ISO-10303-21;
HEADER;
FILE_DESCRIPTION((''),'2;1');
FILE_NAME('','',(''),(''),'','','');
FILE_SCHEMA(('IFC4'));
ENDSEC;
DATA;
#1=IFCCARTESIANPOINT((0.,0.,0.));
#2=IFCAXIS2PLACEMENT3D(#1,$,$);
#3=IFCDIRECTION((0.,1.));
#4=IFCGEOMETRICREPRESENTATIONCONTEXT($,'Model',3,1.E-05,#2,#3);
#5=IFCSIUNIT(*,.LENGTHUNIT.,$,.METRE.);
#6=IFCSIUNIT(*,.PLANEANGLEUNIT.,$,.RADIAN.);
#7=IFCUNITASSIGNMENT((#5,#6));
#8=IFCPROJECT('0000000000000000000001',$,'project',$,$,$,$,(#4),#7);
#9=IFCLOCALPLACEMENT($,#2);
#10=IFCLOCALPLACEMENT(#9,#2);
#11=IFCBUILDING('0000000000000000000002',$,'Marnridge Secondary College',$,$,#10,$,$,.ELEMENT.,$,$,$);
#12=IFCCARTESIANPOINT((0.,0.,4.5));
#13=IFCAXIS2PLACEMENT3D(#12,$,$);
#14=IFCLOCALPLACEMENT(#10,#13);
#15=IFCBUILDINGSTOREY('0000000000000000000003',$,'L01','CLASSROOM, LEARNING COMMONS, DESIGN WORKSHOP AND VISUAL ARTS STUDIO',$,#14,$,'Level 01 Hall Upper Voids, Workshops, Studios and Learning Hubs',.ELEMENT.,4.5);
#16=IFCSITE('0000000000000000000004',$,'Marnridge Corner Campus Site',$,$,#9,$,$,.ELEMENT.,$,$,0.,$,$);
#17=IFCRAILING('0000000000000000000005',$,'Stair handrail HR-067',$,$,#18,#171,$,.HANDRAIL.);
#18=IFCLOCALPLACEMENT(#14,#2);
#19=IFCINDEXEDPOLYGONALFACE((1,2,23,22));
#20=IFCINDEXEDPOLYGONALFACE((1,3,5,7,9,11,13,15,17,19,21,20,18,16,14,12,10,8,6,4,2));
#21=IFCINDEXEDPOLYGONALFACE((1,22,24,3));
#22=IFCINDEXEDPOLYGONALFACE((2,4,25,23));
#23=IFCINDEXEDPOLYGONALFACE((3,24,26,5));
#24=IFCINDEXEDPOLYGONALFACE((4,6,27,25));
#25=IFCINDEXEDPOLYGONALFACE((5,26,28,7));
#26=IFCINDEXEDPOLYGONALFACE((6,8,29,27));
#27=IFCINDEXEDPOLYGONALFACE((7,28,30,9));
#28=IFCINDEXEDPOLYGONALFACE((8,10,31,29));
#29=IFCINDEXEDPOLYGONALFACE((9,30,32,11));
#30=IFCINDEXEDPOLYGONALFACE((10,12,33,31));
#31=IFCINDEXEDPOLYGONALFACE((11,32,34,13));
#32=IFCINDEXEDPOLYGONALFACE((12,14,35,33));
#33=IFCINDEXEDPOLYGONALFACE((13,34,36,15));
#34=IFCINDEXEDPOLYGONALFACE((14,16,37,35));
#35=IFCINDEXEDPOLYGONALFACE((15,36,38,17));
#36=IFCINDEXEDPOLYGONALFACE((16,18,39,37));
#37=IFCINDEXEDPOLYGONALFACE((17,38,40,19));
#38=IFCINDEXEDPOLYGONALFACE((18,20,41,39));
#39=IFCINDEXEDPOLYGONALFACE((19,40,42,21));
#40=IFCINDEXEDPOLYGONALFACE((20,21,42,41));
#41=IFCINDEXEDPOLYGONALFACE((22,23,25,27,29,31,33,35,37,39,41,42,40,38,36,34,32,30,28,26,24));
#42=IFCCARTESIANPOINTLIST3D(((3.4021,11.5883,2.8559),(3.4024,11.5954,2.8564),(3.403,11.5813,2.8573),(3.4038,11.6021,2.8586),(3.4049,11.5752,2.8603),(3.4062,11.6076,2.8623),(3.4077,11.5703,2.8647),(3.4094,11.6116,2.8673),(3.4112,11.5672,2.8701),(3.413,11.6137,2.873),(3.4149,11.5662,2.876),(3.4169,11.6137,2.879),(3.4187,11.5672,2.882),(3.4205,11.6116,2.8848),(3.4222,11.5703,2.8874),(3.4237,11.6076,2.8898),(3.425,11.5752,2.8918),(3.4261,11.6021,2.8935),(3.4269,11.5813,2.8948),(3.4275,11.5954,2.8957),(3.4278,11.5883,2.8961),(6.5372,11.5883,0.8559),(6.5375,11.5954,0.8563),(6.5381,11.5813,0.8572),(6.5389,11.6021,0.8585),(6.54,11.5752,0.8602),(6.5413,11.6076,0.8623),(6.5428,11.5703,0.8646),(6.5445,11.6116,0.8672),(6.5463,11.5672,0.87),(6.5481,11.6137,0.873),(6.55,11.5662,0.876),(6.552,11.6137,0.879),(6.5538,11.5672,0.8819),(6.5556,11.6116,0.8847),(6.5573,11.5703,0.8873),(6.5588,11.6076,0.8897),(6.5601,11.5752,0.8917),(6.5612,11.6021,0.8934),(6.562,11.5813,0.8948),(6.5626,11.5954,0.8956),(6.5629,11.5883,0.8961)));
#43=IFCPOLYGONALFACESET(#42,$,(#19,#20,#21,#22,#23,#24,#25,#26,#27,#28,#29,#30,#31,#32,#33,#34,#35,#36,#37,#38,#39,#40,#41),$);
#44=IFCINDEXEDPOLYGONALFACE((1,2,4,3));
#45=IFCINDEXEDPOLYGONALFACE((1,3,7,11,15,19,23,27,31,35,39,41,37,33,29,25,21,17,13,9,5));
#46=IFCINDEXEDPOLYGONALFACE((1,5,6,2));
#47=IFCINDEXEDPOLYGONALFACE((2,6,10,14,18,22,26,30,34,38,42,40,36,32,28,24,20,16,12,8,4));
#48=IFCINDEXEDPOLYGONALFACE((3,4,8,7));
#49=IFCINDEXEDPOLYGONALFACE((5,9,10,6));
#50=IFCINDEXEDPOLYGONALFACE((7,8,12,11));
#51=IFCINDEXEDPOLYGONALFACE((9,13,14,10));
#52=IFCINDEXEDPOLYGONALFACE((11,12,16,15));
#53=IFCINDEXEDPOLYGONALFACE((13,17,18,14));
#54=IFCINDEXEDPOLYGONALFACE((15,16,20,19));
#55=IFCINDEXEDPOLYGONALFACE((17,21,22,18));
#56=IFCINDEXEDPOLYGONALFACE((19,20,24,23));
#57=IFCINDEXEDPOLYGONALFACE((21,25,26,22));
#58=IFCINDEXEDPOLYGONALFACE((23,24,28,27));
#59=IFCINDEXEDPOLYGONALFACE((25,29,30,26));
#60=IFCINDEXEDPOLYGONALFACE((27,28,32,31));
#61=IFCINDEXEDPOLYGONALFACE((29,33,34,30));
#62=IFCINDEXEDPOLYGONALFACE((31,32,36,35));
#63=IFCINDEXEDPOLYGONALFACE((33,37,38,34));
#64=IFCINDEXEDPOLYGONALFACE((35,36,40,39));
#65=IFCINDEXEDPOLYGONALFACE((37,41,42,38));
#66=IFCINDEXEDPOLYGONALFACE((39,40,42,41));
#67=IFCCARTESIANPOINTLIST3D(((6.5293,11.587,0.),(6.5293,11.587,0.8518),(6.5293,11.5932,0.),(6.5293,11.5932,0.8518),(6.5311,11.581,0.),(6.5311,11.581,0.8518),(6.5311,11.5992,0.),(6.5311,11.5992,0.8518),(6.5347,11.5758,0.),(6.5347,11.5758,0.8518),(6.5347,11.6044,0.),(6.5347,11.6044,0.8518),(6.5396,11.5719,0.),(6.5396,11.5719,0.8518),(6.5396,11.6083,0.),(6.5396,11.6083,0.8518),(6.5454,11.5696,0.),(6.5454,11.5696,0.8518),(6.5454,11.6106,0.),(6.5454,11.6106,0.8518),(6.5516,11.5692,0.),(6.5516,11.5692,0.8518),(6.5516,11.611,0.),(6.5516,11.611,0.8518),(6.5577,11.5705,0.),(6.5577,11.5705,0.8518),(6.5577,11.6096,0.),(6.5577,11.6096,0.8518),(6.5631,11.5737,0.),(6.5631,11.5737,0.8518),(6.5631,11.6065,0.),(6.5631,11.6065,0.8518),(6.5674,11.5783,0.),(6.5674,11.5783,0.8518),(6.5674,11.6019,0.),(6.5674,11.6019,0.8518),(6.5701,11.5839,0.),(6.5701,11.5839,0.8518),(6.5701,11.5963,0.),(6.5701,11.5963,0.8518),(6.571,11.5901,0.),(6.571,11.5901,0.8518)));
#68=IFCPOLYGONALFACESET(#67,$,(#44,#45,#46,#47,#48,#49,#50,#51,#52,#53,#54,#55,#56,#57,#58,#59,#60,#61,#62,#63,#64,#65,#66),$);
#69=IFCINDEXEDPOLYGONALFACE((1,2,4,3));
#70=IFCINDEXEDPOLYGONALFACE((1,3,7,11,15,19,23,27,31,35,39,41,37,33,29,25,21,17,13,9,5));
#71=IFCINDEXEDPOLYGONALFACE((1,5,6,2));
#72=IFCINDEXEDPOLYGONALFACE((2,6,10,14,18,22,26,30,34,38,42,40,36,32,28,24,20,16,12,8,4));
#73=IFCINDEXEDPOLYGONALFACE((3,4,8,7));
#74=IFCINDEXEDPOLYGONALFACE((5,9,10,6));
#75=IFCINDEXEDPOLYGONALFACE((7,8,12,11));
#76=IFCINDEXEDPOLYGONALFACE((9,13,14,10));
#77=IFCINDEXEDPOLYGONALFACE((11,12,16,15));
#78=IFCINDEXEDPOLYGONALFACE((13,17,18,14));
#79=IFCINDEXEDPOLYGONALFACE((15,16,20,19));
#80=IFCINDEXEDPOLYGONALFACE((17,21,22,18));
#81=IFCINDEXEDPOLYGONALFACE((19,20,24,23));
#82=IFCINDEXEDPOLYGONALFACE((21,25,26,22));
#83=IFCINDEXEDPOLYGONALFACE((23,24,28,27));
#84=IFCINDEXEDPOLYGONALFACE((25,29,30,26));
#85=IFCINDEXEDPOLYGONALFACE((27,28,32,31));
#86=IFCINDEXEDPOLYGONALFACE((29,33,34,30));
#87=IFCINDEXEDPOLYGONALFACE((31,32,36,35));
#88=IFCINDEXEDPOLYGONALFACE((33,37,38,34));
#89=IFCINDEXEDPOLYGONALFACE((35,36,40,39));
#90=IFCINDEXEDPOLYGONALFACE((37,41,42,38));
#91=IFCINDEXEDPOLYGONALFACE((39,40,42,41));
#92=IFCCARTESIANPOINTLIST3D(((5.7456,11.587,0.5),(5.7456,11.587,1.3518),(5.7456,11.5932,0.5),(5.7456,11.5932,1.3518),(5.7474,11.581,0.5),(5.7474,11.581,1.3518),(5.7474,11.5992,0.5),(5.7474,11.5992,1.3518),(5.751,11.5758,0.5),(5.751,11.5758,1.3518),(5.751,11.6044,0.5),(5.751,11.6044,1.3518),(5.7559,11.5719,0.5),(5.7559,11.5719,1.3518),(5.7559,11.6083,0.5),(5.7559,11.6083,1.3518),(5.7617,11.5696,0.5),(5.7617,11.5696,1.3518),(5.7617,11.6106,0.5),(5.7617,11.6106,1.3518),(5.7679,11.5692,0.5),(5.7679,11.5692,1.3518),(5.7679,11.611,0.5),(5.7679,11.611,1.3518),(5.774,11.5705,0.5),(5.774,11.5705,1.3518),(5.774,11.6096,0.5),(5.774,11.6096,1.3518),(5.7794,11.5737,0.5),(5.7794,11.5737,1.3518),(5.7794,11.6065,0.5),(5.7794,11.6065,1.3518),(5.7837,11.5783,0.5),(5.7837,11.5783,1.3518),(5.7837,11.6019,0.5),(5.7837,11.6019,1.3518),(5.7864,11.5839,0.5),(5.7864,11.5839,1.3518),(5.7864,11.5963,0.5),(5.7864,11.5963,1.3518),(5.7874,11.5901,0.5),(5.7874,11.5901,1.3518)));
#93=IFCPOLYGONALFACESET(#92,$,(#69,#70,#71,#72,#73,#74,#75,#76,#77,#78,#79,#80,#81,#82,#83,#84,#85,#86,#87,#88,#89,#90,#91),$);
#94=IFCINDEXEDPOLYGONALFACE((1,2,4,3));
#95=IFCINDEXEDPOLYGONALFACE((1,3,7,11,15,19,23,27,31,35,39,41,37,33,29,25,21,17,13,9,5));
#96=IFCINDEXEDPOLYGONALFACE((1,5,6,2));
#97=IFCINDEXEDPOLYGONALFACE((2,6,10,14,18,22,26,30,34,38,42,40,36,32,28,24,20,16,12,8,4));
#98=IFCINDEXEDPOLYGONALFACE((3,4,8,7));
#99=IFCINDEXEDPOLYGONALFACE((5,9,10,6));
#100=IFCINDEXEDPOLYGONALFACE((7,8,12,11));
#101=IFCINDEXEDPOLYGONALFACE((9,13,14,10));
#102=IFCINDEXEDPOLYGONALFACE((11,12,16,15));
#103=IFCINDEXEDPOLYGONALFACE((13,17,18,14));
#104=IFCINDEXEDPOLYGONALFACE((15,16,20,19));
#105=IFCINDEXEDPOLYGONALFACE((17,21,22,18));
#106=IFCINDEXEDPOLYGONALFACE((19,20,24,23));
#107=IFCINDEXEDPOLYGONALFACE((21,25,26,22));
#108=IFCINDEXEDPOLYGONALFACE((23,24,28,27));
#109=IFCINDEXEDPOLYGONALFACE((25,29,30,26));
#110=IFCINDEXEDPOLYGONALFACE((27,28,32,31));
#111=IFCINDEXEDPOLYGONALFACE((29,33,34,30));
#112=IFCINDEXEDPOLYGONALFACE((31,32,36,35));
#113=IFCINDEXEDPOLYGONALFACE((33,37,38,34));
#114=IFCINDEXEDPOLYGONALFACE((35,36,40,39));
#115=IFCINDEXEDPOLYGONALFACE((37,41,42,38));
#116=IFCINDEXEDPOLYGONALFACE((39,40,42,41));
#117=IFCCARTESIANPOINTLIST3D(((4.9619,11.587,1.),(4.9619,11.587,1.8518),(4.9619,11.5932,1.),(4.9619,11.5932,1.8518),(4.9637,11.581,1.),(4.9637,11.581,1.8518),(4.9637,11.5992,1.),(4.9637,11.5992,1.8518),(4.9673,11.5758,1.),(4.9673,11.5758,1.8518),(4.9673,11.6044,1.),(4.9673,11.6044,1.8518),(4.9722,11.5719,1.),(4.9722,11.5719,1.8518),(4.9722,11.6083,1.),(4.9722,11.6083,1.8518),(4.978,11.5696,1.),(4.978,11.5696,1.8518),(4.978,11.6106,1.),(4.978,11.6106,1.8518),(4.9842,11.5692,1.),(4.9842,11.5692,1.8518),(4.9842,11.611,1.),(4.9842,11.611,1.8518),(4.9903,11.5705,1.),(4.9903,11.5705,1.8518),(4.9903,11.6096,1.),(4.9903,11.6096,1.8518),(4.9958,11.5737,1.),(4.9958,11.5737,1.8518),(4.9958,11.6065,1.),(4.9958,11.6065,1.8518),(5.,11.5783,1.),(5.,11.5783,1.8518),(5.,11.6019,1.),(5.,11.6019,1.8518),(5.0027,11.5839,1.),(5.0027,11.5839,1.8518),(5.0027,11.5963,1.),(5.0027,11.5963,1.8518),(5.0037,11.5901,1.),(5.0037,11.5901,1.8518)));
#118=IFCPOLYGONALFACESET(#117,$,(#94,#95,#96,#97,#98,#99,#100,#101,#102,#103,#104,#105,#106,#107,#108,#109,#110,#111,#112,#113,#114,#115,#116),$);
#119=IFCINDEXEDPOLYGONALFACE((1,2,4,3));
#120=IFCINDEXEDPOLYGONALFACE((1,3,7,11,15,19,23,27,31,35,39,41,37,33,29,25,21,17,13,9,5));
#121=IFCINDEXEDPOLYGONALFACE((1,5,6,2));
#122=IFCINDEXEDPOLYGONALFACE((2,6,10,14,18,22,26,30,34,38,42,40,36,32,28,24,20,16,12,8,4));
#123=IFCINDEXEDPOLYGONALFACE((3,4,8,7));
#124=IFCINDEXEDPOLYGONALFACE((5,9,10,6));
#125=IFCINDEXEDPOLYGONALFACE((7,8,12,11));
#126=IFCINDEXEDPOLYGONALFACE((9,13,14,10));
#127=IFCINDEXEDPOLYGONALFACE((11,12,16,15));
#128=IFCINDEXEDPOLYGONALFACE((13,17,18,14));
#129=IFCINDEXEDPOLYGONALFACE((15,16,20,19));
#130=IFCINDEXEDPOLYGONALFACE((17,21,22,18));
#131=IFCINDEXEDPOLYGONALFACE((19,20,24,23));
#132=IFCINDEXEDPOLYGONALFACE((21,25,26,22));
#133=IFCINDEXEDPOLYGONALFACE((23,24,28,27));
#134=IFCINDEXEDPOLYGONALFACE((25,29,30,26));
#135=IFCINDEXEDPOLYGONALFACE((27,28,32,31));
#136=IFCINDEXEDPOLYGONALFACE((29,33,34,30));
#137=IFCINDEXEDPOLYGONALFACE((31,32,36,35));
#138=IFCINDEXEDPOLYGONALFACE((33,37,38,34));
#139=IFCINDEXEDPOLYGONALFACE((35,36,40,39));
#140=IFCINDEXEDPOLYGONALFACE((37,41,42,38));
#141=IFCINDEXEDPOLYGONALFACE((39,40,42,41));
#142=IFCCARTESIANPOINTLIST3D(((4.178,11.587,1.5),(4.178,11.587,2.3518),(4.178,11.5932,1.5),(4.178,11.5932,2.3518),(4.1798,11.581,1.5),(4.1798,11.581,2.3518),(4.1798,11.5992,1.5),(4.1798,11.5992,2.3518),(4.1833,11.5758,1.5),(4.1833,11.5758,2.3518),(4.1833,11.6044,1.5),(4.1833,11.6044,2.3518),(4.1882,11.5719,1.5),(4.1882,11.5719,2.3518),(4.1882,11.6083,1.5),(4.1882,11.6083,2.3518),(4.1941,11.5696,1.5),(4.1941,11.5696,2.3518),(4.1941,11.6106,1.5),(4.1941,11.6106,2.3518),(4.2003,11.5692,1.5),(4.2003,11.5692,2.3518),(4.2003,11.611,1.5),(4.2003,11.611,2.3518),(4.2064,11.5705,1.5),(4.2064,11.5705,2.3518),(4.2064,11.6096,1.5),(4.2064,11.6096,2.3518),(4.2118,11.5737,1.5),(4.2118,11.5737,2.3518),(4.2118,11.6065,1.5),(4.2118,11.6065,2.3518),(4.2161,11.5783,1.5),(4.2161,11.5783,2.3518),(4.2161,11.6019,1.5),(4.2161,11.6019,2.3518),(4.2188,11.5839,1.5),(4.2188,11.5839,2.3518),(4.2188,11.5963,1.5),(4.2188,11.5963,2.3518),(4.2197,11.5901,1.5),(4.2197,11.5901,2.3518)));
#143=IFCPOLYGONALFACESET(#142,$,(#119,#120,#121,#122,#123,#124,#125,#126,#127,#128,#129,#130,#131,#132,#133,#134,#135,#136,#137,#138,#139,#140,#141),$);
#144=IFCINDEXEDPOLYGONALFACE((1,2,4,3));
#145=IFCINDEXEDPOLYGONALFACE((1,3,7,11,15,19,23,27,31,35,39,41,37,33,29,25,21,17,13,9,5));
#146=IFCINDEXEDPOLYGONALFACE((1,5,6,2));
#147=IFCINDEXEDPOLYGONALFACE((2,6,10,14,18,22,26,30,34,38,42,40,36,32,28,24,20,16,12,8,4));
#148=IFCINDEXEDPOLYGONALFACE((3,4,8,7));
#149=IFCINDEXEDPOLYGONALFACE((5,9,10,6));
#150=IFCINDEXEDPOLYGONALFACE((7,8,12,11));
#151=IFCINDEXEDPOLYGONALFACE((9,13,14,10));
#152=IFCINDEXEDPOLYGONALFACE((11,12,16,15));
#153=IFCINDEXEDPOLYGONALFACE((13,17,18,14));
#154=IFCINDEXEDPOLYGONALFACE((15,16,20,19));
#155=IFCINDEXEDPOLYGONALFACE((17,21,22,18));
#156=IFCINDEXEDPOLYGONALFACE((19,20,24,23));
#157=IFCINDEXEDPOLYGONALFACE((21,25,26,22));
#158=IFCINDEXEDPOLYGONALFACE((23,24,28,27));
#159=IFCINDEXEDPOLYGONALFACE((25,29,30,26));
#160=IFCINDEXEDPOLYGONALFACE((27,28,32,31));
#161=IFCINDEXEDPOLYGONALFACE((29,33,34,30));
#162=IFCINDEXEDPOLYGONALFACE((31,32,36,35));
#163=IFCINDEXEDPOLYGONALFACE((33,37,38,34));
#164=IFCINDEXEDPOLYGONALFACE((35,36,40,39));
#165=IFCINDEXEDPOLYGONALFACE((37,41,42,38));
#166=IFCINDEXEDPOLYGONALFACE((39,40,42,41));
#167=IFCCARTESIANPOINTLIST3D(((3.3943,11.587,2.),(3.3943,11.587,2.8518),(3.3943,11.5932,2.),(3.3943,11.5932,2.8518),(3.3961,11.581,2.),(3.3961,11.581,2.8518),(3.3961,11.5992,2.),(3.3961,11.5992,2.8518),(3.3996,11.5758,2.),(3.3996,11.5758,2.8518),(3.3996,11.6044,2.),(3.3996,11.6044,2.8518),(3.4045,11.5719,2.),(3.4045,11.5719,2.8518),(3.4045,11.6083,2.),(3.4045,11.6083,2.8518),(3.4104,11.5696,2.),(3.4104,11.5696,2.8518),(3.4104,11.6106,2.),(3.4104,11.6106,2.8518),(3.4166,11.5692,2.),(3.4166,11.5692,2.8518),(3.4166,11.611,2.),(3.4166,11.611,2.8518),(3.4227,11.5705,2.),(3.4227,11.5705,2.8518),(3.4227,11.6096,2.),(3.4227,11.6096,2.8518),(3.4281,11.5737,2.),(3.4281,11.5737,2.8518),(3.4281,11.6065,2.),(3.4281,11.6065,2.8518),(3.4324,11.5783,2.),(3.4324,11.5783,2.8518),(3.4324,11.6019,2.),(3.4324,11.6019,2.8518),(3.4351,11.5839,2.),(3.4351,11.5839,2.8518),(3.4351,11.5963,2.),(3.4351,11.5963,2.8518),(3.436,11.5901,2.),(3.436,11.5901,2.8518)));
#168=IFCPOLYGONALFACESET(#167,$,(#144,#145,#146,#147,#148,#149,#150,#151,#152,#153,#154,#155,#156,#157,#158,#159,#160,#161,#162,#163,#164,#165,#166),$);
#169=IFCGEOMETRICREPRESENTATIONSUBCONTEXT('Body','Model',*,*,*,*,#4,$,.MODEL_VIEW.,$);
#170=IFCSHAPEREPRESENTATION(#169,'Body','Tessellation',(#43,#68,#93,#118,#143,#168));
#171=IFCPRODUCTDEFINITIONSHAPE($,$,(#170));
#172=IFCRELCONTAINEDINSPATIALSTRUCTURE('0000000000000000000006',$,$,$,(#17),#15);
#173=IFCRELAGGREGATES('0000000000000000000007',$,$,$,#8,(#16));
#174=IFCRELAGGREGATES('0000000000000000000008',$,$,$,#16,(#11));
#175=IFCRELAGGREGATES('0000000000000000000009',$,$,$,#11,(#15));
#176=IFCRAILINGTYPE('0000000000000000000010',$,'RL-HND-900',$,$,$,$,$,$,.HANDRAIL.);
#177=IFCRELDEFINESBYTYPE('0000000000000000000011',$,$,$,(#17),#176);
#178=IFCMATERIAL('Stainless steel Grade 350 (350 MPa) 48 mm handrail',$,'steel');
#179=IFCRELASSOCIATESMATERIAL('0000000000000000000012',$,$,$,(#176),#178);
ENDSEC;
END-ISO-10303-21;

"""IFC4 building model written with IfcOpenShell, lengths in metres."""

from ifc_helpers import new_model, si_unit, direction, frame, origin, origin_2d, place, context, subcontext, project, spatial, circle, extrude, material, type_object, element, save


model = new_model("IFC4")

# Units and contexts
model_context = context("Model", 3, precision=1e-05, world=origin(), true_north=direction((0.0, 1.0)))
body_context = subcontext(model_context, "Body", "Model", "MODEL_VIEW")
ifc_project = project(units=[si_unit("LENGTHUNIT", "METRE"), si_unit("PLANEANGLEUNIT", "RADIAN")], contexts=[model_context])

# Site, building, storey
site_placement = place(None, origin())
site = spatial("IfcSite", under=ifc_project, at=site_placement, Name="Marnridge Corner Campus Site", CompositionType="ELEMENT", RefElevation=0.0)
building_placement = place(site_placement, origin())
building = spatial("IfcBuilding", under=site, at=building_placement, Name="Marnridge Secondary College", CompositionType="ELEMENT")
storey_placement = place(building_placement, frame((0.0, 0.0, 4.5)))
storey = spatial("IfcBuildingStorey", under=building, at=storey_placement, Name="L01", Description="CLASSROOM, LEARNING COMMONS, DESIGN WORKSHOP AND VISUAL ARTS STUDIO", LongName="Level 01 Hall Upper Voids, Workshops, Studios and Learning Hubs", CompositionType="ELEMENT", Elevation=4.5)

# Railing
ifc_material_1 = material(Name="Stainless steel Grade 350 (350 MPa) 48 mm handrail", Category="steel")
railing_type_1 = type_object("IfcRailingType", Name="RL-HND-900", PredefinedType="HANDRAIL", material=ifc_material_1)
for number, where, name in (
    (1, (6.55, 11.5901, 0.0), "Stair handrail HR-067"),
):
    element("IfcRailing", number, at=place(storey_placement, frame(where)), inside=storey, type_object=railing_type_1, Name=name, PredefinedType="HANDRAIL", context=body_context, shape_type="SweptSolid", body=[
        extrude(circle(Radius=0.0239, at=origin_2d()), frame((0.0, 0.0, 0.876), z_axis=(-0.843053, 0.0, 0.537831), x_axis=(0.0, -1.0, 0.0)), (0.0, 0.0, 1.0), 3.7188),
        extrude(circle(Radius=0.021, at=origin_2d()), origin(), (0.0, 0.0, 1.0), 0.8518),
        extrude(circle(Radius=0.021, at=origin_2d()), frame((-0.7837, 0.0, 0.5)), (0.0, 0.0, 1.0), 0.8518),
        extrude(circle(Radius=0.021, at=origin_2d()), frame((-1.5674, 0.0, 1.0)), (0.0, 0.0, 1.0), 0.8518),
        extrude(circle(Radius=0.021, at=origin_2d()), frame((-2.3513, 0.0, 1.5)), (0.0, 0.0, 1.0), 0.8518),
        extrude(circle(Radius=0.021, at=origin_2d()), frame((-3.135, 0.0, 2.0)), (0.0, 0.0, 1.0), 0.8518),
    ])

save(model, "model.ifc")
